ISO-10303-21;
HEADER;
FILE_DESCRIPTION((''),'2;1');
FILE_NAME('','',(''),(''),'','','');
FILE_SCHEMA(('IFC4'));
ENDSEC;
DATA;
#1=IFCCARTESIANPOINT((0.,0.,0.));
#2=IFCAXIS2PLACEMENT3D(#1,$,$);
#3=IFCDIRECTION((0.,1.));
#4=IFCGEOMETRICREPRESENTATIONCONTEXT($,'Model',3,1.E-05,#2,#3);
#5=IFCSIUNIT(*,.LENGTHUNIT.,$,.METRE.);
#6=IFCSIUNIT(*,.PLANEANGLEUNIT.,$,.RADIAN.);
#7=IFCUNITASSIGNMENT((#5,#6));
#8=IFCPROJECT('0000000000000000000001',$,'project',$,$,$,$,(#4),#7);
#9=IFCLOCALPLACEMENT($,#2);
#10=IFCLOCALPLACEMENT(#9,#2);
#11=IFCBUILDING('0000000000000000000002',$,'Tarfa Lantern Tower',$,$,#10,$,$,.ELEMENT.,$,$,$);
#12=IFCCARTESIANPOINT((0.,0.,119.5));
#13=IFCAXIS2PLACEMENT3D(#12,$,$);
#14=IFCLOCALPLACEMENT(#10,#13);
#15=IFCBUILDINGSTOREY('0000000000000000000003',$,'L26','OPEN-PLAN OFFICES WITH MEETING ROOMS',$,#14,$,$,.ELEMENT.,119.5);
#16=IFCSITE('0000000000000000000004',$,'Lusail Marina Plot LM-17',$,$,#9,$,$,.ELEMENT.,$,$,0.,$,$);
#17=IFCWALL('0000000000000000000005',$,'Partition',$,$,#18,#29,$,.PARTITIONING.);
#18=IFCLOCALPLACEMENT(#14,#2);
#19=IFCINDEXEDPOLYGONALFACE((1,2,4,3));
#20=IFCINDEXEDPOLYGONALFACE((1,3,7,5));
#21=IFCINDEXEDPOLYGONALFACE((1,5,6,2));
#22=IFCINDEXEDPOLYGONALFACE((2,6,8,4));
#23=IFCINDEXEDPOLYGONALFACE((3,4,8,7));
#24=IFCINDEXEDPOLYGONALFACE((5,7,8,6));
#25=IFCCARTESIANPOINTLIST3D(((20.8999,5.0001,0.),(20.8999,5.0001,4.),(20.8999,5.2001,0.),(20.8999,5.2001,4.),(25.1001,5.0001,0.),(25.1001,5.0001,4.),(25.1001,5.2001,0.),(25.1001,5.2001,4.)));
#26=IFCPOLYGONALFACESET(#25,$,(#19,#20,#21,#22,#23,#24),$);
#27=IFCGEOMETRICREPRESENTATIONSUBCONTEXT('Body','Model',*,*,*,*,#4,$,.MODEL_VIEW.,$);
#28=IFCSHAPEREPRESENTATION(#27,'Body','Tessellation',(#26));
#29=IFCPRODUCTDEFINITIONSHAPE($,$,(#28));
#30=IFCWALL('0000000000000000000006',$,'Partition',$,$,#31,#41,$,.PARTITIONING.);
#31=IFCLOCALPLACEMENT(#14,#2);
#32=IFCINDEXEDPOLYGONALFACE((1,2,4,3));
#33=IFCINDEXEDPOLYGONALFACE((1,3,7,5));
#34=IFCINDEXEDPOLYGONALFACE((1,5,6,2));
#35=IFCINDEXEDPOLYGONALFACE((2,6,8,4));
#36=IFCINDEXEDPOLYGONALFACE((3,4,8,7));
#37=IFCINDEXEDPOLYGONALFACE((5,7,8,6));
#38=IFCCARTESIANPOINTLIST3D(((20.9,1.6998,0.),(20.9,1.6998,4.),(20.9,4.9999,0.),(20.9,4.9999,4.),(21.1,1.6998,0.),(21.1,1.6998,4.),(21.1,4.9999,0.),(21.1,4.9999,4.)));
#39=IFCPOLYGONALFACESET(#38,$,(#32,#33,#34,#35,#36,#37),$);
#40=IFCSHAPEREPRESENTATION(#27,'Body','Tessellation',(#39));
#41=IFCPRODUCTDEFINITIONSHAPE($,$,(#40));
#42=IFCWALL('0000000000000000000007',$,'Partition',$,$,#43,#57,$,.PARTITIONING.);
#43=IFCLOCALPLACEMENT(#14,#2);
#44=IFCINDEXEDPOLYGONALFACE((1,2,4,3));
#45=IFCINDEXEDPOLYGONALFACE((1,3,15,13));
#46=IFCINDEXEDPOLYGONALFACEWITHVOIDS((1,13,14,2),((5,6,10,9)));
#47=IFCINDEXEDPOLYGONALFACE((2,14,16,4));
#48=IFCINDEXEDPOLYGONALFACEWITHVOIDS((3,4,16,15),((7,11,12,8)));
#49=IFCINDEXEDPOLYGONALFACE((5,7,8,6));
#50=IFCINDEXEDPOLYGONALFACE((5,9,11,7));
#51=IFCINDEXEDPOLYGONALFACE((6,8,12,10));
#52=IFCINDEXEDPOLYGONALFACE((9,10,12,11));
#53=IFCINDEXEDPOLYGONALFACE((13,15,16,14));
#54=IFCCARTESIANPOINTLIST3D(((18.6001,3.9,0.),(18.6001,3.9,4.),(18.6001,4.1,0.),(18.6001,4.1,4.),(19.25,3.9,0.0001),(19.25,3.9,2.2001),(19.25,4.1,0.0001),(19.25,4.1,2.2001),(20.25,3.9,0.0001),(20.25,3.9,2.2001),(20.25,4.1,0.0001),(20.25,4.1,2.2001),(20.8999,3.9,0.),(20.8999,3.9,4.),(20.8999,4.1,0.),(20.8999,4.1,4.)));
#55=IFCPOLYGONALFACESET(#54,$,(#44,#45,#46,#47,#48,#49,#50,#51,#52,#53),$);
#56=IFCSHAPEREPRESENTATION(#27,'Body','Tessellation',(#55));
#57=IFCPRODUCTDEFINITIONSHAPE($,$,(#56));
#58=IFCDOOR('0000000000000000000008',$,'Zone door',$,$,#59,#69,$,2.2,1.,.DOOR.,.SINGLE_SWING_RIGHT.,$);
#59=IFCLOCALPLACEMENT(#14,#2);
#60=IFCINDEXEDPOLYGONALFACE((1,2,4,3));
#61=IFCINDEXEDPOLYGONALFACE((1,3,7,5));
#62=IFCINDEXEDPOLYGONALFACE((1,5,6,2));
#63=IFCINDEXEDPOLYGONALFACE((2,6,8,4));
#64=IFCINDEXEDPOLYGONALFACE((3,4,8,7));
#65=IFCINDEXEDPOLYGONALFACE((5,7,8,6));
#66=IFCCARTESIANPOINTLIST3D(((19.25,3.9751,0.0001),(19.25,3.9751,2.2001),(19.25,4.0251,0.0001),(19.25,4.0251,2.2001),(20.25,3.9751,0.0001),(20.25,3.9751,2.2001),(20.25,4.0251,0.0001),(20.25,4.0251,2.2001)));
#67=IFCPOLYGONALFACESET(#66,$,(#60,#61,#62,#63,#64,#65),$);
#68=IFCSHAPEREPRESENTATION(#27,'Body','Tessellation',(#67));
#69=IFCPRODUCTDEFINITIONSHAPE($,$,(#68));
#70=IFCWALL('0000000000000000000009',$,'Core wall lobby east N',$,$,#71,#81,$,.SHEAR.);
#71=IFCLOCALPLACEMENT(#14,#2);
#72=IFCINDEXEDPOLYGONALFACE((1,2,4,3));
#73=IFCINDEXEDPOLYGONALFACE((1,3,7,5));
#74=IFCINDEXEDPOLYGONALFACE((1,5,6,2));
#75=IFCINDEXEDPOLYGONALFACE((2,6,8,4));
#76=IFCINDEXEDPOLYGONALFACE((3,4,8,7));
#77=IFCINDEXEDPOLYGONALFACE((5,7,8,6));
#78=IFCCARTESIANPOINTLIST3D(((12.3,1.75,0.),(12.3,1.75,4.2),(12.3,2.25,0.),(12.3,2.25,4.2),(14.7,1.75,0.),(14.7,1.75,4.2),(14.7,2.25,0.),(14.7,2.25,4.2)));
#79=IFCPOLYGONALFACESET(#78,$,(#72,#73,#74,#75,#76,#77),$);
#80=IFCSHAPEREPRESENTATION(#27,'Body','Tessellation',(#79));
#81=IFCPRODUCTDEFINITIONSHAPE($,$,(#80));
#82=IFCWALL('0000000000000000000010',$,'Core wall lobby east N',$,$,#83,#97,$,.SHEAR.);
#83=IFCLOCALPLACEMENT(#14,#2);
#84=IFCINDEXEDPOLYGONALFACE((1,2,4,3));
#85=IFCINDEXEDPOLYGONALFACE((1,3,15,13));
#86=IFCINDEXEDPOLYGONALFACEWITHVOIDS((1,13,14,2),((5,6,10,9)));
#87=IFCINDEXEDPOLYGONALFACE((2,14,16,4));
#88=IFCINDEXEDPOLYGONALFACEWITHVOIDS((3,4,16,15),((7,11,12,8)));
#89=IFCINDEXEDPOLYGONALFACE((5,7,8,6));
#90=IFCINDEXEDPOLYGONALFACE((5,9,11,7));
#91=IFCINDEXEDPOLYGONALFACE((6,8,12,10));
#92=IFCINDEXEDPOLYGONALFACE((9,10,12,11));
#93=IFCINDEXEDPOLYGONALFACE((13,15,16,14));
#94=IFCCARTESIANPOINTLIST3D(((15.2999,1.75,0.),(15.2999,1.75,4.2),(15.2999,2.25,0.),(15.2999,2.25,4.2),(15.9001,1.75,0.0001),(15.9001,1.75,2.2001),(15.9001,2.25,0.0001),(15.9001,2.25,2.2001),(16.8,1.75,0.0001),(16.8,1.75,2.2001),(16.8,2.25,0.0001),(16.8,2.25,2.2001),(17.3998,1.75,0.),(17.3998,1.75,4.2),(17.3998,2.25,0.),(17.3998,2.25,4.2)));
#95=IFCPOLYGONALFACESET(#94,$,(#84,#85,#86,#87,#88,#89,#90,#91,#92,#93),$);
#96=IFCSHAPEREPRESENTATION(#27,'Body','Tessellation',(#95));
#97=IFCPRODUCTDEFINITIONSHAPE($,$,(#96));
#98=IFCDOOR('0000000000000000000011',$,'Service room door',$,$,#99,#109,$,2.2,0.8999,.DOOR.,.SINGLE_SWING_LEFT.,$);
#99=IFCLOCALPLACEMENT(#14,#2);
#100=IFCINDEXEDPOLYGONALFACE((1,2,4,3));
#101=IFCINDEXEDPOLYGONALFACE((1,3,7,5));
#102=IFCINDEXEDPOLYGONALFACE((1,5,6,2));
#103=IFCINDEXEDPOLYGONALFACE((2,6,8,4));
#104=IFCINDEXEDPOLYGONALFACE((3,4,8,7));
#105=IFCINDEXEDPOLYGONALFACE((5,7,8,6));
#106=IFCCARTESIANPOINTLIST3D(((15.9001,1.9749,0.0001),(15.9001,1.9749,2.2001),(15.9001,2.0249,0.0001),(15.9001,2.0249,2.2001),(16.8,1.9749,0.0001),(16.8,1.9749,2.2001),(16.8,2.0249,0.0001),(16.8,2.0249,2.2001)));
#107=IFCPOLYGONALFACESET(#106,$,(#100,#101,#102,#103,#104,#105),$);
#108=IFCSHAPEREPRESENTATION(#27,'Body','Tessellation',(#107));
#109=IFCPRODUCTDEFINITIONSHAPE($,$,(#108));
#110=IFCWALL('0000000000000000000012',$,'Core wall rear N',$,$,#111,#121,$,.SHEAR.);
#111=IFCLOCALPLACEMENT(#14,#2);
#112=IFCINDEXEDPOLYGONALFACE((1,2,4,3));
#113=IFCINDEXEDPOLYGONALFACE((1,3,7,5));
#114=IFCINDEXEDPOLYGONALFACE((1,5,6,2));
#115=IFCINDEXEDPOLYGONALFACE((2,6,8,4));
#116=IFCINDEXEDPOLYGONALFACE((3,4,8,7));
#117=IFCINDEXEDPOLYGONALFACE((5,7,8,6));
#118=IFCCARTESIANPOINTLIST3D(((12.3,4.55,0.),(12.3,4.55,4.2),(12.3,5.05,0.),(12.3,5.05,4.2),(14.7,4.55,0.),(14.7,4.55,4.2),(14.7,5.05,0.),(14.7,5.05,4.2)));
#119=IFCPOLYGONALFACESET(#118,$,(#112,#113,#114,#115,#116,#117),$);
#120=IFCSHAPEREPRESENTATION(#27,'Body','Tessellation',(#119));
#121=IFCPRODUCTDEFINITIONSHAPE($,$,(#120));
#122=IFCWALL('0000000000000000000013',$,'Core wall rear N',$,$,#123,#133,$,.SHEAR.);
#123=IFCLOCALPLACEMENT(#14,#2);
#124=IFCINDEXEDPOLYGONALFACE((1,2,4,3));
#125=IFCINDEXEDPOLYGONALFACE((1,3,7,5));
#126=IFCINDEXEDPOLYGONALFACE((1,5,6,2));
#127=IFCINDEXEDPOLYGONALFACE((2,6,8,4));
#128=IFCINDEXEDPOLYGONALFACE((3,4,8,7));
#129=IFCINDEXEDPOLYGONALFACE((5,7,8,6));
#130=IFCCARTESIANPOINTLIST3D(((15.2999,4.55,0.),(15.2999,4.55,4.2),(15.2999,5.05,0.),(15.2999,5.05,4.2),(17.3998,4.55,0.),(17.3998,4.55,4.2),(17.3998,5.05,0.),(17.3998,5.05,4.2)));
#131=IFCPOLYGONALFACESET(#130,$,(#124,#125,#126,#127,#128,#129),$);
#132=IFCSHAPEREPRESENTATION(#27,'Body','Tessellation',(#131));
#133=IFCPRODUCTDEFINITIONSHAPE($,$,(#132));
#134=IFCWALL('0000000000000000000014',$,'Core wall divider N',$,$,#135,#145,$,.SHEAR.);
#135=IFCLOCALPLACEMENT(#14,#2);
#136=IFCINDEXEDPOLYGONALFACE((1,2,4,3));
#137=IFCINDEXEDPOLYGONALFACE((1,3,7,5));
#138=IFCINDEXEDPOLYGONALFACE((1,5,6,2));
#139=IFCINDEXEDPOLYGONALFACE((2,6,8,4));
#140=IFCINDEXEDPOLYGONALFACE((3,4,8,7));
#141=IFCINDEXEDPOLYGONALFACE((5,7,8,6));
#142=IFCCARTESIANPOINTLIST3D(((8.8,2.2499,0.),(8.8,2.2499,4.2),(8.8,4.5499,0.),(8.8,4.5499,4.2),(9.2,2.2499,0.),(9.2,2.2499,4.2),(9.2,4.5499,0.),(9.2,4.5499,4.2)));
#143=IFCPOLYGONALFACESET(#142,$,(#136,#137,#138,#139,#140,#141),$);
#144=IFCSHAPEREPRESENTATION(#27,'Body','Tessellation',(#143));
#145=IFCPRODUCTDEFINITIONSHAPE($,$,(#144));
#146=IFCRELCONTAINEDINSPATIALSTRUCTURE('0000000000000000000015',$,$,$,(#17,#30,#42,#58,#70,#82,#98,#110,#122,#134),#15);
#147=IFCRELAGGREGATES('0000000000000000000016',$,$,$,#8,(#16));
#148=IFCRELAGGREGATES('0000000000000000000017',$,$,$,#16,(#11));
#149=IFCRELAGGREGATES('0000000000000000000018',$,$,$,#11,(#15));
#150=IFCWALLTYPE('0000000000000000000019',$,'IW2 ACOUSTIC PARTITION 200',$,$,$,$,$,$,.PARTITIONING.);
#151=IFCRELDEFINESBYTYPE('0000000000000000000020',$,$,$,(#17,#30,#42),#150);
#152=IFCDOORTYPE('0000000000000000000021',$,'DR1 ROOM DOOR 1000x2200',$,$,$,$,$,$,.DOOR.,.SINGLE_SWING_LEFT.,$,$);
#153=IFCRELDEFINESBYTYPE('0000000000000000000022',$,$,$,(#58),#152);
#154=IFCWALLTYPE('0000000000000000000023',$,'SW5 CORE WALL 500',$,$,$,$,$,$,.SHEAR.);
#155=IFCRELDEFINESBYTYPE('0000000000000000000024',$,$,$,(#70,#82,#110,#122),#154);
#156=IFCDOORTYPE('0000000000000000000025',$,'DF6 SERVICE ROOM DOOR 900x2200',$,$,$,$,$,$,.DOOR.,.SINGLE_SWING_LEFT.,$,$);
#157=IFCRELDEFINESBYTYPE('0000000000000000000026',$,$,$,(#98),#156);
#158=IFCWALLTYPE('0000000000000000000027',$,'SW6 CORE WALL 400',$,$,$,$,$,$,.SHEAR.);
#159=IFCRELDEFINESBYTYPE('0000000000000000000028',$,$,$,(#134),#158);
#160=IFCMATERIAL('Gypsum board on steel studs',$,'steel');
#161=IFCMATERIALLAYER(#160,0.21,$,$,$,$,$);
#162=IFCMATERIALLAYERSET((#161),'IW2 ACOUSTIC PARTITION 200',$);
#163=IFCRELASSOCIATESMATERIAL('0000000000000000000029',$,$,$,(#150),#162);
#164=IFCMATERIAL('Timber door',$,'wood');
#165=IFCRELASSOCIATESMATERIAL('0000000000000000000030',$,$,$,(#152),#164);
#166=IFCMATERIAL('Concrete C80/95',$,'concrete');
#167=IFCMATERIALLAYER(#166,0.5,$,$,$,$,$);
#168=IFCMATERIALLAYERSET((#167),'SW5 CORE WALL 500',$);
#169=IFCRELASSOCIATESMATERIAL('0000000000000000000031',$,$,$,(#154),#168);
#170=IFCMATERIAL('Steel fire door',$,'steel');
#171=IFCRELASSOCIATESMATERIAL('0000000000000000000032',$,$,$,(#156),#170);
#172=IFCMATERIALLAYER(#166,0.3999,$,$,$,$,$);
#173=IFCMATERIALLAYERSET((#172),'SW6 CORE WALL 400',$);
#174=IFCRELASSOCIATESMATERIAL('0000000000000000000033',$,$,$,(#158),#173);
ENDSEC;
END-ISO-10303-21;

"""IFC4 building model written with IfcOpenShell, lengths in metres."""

from ifc_helpers import new_model, si_unit, direction, frame, frame_2d, origin, place, context, subcontext, project, spatial, rectangle, extrude, material, layer, layer_set, type_object, element, fill, save


model = new_model("IFC4")

# Units and contexts
model_context = context("Model", 3, precision=1e-05, world=origin(), true_north=direction((0.0, 1.0)))
body_context = subcontext(model_context, "Body", "Model", "MODEL_VIEW")
ifc_project = project(units=[si_unit("LENGTHUNIT", "METRE"), si_unit("PLANEANGLEUNIT", "RADIAN")], contexts=[model_context])

# Site, building, storey
site_placement = place(None, origin())
site = spatial("IfcSite", under=ifc_project, at=site_placement, Name="Lusail Marina Plot LM-17", CompositionType="ELEMENT", RefElevation=0.0)
building_placement = place(site_placement, origin())
building = spatial("IfcBuilding", under=site, at=building_placement, Name="Tarfa Lantern Tower", CompositionType="ELEMENT")
storey_placement = place(building_placement, frame((0.0, 0.0, 119.5)))
storey = spatial("IfcBuildingStorey", under=building, at=storey_placement, Name="L26", Description="OPEN-PLAN OFFICES WITH MEETING ROOMS", CompositionType="ELEMENT", Elevation=119.5)

# Shared definitions
ifc_material_1 = material(Name="Gypsum board on steel studs", Category="steel")
ifc_layer_1 = layer(ifc_material_1, 0.21)
ifc_layer_set_1 = layer_set([ifc_layer_1], Name="IW2 ACOUSTIC PARTITION 200")
wall_type_1 = type_object("IfcWallType", Name="IW2 ACOUSTIC PARTITION 200", PredefinedType="PARTITIONING", material=ifc_layer_set_1)

# Shared definitions
ifc_material_2 = material(Name="Timber door", Category="wood")
door_type_1 = type_object("IfcDoorType", Name="DR1 ROOM DOOR 1000x2200", OperationType="SINGLE_SWING_LEFT", PredefinedType="DOOR", material=ifc_material_2)

# Walls
wall_1_placement = place(storey_placement, frame((20.8999, 5.1001, 0.0), z_axis=(0.0, 0.0, 1.0), x_axis=(1.0, 0.0, 0.0)))
element("IfcWall", 1, at=wall_1_placement, inside=storey, type_object=wall_type_1, Name="Partition", PredefinedType="PARTITIONING", context=body_context, shape_type="SweptSolid", body=[
    extrude(rectangle(XDim=4.2002, YDim=0.2, at=frame_2d((2.1001, 0.0))), origin(), (0.0, 0.0, 1.0), 4.0),
])
wall_2_placement = place(storey_placement, frame((21.0, 1.7, 0.0), z_axis=(0.0, 0.0, 1.0), x_axis=(0.0, 1.0, 0.0)))
element("IfcWall", 2, at=wall_2_placement, inside=storey, type_object=wall_type_1, Name="Partition", PredefinedType="PARTITIONING", context=body_context, shape_type="SweptSolid", body=[
    extrude(rectangle(XDim=3.3, YDim=0.2, at=frame_2d((1.6499, 0.0))), origin(), (0.0, 0.0, 1.0), 4.0),
])

# Wall, opening, door
wall_3_placement = place(storey_placement, frame((18.6001, 4.0, 0.0), z_axis=(0.0, 0.0, 1.0), x_axis=(1.0, 0.0, 0.0)))
wall_3 = element("IfcWall", 3, at=wall_3_placement, inside=storey, type_object=wall_type_1, Name="Partition", PredefinedType="PARTITIONING", context=body_context, shape_type="SweptSolid", body=[
    extrude(rectangle(XDim=2.2998, YDim=0.2, at=frame_2d((1.1499, 0.0))), origin(), (0.0, 0.0, 1.0), 4.0),
])
opening_1_placement = place(wall_3_placement, frame((0.6499, 0.0, 0.0)))
opening_1 = element("IfcOpeningElement", 4, at=opening_1_placement, cuts=wall_3, PredefinedType="OPENING", context=body_context, shape_type="SweptSolid", body=[
    extrude(rectangle(XDim=1.0, YDim=2.2, at=frame_2d((0.5, 1.1001))), frame((0.0, 0.1099, 0.0), z_axis=(0.0, -1.0, 0.0), x_axis=(1.0, 0.0, 0.0)), (0.0, 0.0, 1.0), 0.22),
])
door_1_placement = place(opening_1_placement, frame((1.0, 0.0, 0.0), z_axis=(0.0, 0.0, 1.0), x_axis=(-1.0, 0.0, 0.0)))
door_1 = element("IfcDoor", 5, at=door_1_placement, inside=storey, type_object=door_type_1, Name="Zone door", OperationType="SINGLE_SWING_RIGHT", OverallHeight=2.2, OverallWidth=1.0, PredefinedType="DOOR", context=body_context, shape_type="SweptSolid", body=[
    extrude(rectangle(XDim=1.0, YDim=2.2, at=frame_2d((0.5, 1.1001))), frame((0.0, 0.0249, 0.0), z_axis=(0.0, -1.0, 0.0), x_axis=(1.0, 0.0, 0.0)), (0.0, 0.0, 1.0), 0.05),
])
fill(opening_1, door_1)

# Wall
ifc_material_3 = material(Name="Concrete C80/95", Category="concrete")
ifc_layer_2 = layer(ifc_material_3, 0.5)
ifc_layer_set_2 = layer_set([ifc_layer_2], Name="SW5 CORE WALL 500")
wall_type_2 = type_object("IfcWallType", Name="SW5 CORE WALL 500", PredefinedType="SHEAR", material=ifc_layer_set_2)
wall_4_placement = place(storey_placement, frame((12.3, 2.0, 0.0), z_axis=(0.0, 0.0, 1.0), x_axis=(1.0, 0.0, 0.0)))
element("IfcWall", 6, at=wall_4_placement, inside=storey, type_object=wall_type_2, Name="Core wall lobby east N", PredefinedType="SHEAR", context=body_context, shape_type="SweptSolid", body=[
    extrude(rectangle(XDim=2.3999, YDim=0.5, at=frame_2d((1.2, 0.0))), origin(), (0.0, 0.0, 1.0), 4.2),
])

# Wall, opening, door
wall_5_placement = place(storey_placement, frame((15.3, 2.0, 0.0), z_axis=(0.0, 0.0, 1.0), x_axis=(1.0, 0.0, 0.0)))
wall_5 = element("IfcWall", 7, at=wall_5_placement, inside=storey, type_object=wall_type_2, Name="Core wall lobby east N", PredefinedType="SHEAR", context=body_context, shape_type="SweptSolid", body=[
    extrude(rectangle(XDim=2.0999, YDim=0.5, at=frame_2d((1.0498, 0.0))), origin(), (0.0, 0.0, 1.0), 4.2),
])
opening_2_placement = place(wall_5_placement, frame((0.6001, 0.0, 0.0)))
opening_2 = element("IfcOpeningElement", 8, at=opening_2_placement, cuts=wall_5, PredefinedType="OPENING", context=body_context, shape_type="SweptSolid", body=[
    extrude(rectangle(XDim=0.8999, YDim=2.2, at=frame_2d((0.45, 1.1001))), frame((0.0, 0.26, 0.0), z_axis=(0.0, -1.0, 0.0), x_axis=(1.0, 0.0, 0.0)), (0.0, 0.0, 1.0), 0.52),
])
ifc_material_4 = material(Name="Steel fire door", Category="steel")
door_type_2 = type_object("IfcDoorType", Name="DF6 SERVICE ROOM DOOR 900x2200", OperationType="SINGLE_SWING_LEFT", PredefinedType="DOOR", material=ifc_material_4)
door_2_placement = place(opening_2_placement, origin())
door_2 = element("IfcDoor", 9, at=door_2_placement, inside=storey, type_object=door_type_2, Name="Service room door", OperationType="SINGLE_SWING_LEFT", OverallHeight=2.2, OverallWidth=0.8999, PredefinedType="DOOR", context=body_context, shape_type="SweptSolid", body=[
    extrude(rectangle(XDim=0.8999, YDim=2.2, at=frame_2d((0.45, 1.1001))), frame((0.0, 0.0249, 0.0), z_axis=(0.0, -1.0, 0.0), x_axis=(1.0, 0.0, 0.0)), (0.0, 0.0, 1.0), 0.05),
])
fill(opening_2, door_2)

# Walls
wall_6_placement = place(storey_placement, frame((12.3, 4.8, 0.0), z_axis=(0.0, 0.0, 1.0), x_axis=(1.0, 0.0, 0.0)))
element("IfcWall", 10, at=wall_6_placement, inside=storey, type_object=wall_type_2, Name="Core wall rear N", PredefinedType="SHEAR", context=body_context, shape_type="SweptSolid", body=[
    extrude(rectangle(XDim=2.3999, YDim=0.5, at=frame_2d((1.2, 0.0))), origin(), (0.0, 0.0, 1.0), 4.2),
])
wall_7_placement = place(storey_placement, frame((15.3, 4.8, 0.0), z_axis=(0.0, 0.0, 1.0), x_axis=(1.0, 0.0, 0.0)))
element("IfcWall", 11, at=wall_7_placement, inside=storey, type_object=wall_type_2, Name="Core wall rear N", PredefinedType="SHEAR", context=body_context, shape_type="SweptSolid", body=[
    extrude(rectangle(XDim=2.0999, YDim=0.5, at=frame_2d((1.0498, 0.0))), origin(), (0.0, 0.0, 1.0), 4.2),
])
ifc_layer_3 = layer(ifc_material_3, 0.3999)
ifc_layer_set_3 = layer_set([ifc_layer_3], Name="SW6 CORE WALL 400")
wall_type_3 = type_object("IfcWallType", Name="SW6 CORE WALL 400", PredefinedType="SHEAR", material=ifc_layer_set_3)
wall_8_placement = place(storey_placement, frame((9.0, 2.25, 0.0), z_axis=(0.0, 0.0, 1.0), x_axis=(0.0, 1.0, 0.0)))
element("IfcWall", 12, at=wall_8_placement, inside=storey, type_object=wall_type_3, Name="Core wall divider N", PredefinedType="SHEAR", context=body_context, shape_type="SweptSolid", body=[
    extrude(rectangle(XDim=2.3, YDim=0.3999, at=frame_2d((1.1499, 0.0))), origin(), (0.0, 0.0, 1.0), 4.2),
])

save(model, "model.ifc")
